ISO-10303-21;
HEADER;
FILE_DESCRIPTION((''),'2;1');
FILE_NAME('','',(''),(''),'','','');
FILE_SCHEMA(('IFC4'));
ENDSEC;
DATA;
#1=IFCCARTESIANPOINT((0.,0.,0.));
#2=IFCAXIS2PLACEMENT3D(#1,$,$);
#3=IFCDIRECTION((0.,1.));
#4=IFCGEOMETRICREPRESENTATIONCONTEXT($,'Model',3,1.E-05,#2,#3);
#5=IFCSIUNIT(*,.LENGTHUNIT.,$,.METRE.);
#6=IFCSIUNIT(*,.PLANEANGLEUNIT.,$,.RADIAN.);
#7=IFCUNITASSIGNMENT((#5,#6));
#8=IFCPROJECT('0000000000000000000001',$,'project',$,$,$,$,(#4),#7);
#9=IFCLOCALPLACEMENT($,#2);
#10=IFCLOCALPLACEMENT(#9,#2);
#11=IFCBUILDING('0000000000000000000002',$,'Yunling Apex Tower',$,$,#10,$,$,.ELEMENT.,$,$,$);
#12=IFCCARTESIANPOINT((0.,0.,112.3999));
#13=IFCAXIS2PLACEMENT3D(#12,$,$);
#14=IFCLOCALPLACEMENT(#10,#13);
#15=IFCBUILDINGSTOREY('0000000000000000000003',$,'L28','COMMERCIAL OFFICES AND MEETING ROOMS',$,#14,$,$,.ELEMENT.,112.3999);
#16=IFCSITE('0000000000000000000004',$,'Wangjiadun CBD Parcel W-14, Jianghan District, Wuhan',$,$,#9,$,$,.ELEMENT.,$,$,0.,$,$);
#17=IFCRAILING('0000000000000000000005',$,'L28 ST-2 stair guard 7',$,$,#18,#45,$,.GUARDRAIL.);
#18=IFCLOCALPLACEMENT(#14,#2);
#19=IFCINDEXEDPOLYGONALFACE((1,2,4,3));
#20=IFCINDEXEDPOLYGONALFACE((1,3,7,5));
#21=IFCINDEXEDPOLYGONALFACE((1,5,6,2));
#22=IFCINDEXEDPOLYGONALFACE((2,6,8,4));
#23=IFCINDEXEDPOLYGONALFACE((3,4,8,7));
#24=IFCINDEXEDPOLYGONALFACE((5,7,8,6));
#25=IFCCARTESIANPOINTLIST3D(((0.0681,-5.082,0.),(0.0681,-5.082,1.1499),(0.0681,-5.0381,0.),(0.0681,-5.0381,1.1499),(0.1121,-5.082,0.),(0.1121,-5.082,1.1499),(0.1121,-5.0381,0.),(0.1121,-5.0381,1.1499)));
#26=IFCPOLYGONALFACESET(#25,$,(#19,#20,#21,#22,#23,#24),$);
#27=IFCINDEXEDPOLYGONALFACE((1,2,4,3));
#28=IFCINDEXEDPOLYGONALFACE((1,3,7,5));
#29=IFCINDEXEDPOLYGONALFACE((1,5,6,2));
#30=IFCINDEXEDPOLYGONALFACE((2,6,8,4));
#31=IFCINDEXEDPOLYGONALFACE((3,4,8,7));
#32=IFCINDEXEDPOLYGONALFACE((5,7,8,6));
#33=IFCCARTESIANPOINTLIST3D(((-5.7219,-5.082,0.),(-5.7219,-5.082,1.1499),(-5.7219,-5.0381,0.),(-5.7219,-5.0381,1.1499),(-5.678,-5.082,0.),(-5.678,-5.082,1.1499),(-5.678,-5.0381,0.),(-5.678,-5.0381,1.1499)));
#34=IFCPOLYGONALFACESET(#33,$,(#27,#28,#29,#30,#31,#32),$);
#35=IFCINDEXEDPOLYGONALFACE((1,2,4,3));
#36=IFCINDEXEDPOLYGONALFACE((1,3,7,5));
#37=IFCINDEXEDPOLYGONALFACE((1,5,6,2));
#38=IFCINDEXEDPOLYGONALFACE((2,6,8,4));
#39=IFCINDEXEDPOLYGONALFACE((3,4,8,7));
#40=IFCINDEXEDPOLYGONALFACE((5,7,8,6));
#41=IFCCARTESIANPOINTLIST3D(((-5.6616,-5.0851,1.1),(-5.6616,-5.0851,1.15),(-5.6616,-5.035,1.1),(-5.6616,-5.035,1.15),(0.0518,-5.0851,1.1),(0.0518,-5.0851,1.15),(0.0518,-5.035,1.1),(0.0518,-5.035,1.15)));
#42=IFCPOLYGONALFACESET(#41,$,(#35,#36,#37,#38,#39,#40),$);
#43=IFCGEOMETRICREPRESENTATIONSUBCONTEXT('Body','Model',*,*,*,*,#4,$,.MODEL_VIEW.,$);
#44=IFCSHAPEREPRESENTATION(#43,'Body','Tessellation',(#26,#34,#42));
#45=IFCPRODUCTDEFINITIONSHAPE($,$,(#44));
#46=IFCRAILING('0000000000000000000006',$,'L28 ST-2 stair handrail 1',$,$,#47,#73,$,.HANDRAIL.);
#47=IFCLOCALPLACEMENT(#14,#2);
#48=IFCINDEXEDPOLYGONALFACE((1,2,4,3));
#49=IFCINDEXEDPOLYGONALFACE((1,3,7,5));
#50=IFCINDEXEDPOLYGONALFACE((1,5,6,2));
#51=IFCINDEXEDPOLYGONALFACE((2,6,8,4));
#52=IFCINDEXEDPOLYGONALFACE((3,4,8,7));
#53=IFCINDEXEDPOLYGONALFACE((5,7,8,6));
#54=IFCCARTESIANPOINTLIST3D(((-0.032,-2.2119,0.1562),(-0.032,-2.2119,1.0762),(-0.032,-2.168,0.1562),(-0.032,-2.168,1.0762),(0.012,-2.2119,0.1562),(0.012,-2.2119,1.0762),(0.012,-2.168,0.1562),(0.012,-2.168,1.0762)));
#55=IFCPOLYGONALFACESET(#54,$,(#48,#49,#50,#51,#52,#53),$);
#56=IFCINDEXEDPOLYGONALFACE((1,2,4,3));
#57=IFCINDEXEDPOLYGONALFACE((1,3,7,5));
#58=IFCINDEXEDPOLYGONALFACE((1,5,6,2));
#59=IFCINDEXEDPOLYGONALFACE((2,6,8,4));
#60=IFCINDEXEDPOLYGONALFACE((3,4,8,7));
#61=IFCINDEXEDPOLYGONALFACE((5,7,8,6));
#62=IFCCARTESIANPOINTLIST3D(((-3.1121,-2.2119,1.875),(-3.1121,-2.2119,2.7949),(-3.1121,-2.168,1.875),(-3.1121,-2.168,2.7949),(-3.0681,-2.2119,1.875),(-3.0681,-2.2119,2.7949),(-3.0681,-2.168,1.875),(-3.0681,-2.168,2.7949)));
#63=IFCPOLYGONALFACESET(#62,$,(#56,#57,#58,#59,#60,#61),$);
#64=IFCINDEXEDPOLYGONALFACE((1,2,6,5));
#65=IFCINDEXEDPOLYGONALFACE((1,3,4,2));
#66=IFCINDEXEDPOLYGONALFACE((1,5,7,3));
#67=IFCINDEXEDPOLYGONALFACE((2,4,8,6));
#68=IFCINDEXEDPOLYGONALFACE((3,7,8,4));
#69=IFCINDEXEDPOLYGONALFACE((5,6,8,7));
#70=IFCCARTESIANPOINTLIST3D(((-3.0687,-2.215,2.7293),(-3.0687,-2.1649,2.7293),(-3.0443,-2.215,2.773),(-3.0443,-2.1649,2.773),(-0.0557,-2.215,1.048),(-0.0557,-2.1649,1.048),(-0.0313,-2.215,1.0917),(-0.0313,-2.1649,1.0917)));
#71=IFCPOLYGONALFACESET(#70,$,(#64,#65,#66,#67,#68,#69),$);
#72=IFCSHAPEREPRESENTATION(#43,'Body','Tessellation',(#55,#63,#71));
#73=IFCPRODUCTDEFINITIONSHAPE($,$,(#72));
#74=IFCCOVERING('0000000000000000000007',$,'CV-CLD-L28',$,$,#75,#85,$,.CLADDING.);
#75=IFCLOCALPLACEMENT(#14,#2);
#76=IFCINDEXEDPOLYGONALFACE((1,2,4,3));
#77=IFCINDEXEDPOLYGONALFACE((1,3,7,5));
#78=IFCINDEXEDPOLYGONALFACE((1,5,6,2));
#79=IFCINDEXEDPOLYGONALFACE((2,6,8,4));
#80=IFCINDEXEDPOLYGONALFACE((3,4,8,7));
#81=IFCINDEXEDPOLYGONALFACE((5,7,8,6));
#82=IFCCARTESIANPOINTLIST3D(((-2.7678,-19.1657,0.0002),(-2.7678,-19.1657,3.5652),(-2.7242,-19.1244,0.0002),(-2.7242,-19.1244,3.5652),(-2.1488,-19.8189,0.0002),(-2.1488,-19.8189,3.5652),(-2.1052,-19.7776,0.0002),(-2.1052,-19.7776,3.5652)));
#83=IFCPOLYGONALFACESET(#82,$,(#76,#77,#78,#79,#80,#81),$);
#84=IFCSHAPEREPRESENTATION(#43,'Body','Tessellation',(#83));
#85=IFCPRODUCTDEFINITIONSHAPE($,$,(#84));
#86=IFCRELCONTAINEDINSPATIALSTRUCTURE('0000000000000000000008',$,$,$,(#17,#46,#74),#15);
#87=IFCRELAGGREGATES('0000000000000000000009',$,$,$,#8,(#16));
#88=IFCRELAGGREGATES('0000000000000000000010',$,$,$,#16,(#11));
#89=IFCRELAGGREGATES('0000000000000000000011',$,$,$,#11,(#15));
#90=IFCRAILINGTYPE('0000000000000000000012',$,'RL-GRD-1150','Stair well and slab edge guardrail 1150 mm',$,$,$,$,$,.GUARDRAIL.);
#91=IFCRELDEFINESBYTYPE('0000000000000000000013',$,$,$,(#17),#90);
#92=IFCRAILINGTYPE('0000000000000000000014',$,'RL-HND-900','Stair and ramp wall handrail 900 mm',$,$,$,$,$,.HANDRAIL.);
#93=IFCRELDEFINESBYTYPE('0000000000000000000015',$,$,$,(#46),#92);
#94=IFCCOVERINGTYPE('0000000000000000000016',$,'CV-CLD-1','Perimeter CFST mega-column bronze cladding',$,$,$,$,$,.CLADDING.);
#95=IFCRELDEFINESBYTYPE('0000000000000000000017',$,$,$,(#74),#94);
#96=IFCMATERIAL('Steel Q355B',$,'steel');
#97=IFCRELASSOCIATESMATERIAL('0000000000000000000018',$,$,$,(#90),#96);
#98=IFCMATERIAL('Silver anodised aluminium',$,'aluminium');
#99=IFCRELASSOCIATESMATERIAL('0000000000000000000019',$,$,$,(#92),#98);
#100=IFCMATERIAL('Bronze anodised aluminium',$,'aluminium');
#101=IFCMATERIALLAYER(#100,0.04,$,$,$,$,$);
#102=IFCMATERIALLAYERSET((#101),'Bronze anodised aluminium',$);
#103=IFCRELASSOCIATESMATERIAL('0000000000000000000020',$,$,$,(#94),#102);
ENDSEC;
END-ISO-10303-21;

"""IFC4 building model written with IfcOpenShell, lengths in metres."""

from ifc_helpers import new_model, si_unit, direction, frame, origin, origin_2d, place, context, subcontext, project, spatial, rectangle, extrude, source, transform, mapped, material, layer, layer_set, type_object, element, save


model = new_model("IFC4")

# Units and contexts
model_context = context("Model", 3, precision=1e-05, world=origin(), true_north=direction((0.0, 1.0)))
body_context = subcontext(model_context, "Body", "Model", "MODEL_VIEW")
ifc_project = project(units=[si_unit("LENGTHUNIT", "METRE"), si_unit("PLANEANGLEUNIT", "RADIAN")], contexts=[model_context])

# Site, building, storey
site_placement = place(None, origin())
site = spatial("IfcSite", under=ifc_project, at=site_placement, Name="Wangjiadun CBD Parcel W-14, Jianghan District, Wuhan", CompositionType="ELEMENT", RefElevation=0.0)
building_placement = place(site_placement, origin())
building = spatial("IfcBuilding", under=site, at=building_placement, Name="Yunling Apex Tower", CompositionType="ELEMENT")
storey_placement = place(building_placement, frame((0.0, 0.0, 112.3999)))
storey = spatial("IfcBuildingStorey", under=building, at=storey_placement, Name="L28", Description="COMMERCIAL OFFICES AND MEETING ROOMS", CompositionType="ELEMENT", Elevation=112.3999)

# Shared definitions
ifc_material_1 = material(Name="Steel Q355B", Category="steel")

# Shared definitions
ifc_material_2 = material(Name="Bronze anodised aluminium", Category="aluminium")

# Railings
railing_type_1 = type_object("IfcRailingType", Name="RL-GRD-1150", Description="Stair well and slab edge guardrail 1150 mm", PredefinedType="GUARDRAIL", material=ifc_material_1)
railing_1_placement = place(storey_placement, frame((0.0901, -5.0601, 0.0)))
element("IfcRailing", 1, at=railing_1_placement, inside=storey, type_object=railing_type_1, Name="L28 ST-2 stair guard 7", PredefinedType="GUARDRAIL", context=body_context, shape_type="SweptSolid", body=[
    extrude(rectangle(XDim=0.0439, YDim=0.0439, at=origin_2d()), origin(), (0.0, 0.0, 1.0), 1.1499),
    extrude(rectangle(XDim=0.0439, YDim=0.0439, at=origin_2d()), frame((-5.79, 0.0, 0.0)), (0.0, 0.0, 1.0), 1.1499),
    extrude(rectangle(XDim=0.05, YDim=0.05, at=origin_2d()), frame((-0.0383, 0.0, 1.125), z_axis=(-1.0, 0.0, 0.0), x_axis=(0.0, -1.0, 0.0)), (0.0, 0.0, 1.0), 5.7134),
])
ifc_material_3 = material(Name="Silver anodised aluminium", Category="aluminium")
railing_type_2 = type_object("IfcRailingType", Name="RL-HND-900", Description="Stair and ramp wall handrail 900 mm", PredefinedType="HANDRAIL", material=ifc_material_3)
railing_2_placement = place(storey_placement, frame((-0.01, -2.1899, 0.1562)))
element("IfcRailing", 2, at=railing_2_placement, inside=storey, type_object=railing_type_2, Name="L28 ST-2 stair handrail 1", PredefinedType="HANDRAIL", context=body_context, shape_type="SweptSolid", body=[
    extrude(rectangle(XDim=0.0439, YDim=0.0439, at=origin_2d()), origin(), (0.0, 0.0, 1.0), 0.9199),
    extrude(rectangle(XDim=0.0439, YDim=0.0439, at=origin_2d()), frame((-3.0801, 0.0, 1.7188)), (0.0, 0.0, 1.0), 0.9199),
    extrude(rectangle(XDim=0.05, YDim=0.05, at=origin_2d()), frame((-0.0334, 0.0, 0.9136), z_axis=(-0.873242, 0.0, 0.487288), x_axis=(0.0, -1.0, 0.0)), (0.0, 0.0, 1.0), 3.4504),
])

# Covering
ifc_layer_1 = layer(ifc_material_2, 0.04)
ifc_layer_set_1 = layer_set([ifc_layer_1], Name="Bronze anodised aluminium")
covering_type = type_object("IfcCoveringType", Name="CV-CLD-1", Description="Perimeter CFST mega-column bronze cladding", PredefinedType="CLADDING", material=ifc_layer_set_1)
shared_shape_1 = source(origin(), body_context, "Body", "SweptSolid", [
    extrude(rectangle(XDim=0.0601, YDim=0.8999, at=origin_2d()), origin(), (0.0, 0.0, 1.0), 3.5649),
])
covering_placement = place(storey_placement, frame((-2.4365, -19.4717, 0.0002), z_axis=(0.0, 0.0, 1.0), x_axis=(0.725855, 0.687848, 0.0)))
element("IfcCovering", 3, at=covering_placement, inside=storey, type_object=covering_type, Name="CV-CLD-L28", PredefinedType="CLADDING", context=body_context, shape_type="MappedRepresentation", body=[
    mapped(shared_shape_1, transform((0.0, 0.0, 0.0), scale=1.0)),
])

save(model, "model.ifc")
